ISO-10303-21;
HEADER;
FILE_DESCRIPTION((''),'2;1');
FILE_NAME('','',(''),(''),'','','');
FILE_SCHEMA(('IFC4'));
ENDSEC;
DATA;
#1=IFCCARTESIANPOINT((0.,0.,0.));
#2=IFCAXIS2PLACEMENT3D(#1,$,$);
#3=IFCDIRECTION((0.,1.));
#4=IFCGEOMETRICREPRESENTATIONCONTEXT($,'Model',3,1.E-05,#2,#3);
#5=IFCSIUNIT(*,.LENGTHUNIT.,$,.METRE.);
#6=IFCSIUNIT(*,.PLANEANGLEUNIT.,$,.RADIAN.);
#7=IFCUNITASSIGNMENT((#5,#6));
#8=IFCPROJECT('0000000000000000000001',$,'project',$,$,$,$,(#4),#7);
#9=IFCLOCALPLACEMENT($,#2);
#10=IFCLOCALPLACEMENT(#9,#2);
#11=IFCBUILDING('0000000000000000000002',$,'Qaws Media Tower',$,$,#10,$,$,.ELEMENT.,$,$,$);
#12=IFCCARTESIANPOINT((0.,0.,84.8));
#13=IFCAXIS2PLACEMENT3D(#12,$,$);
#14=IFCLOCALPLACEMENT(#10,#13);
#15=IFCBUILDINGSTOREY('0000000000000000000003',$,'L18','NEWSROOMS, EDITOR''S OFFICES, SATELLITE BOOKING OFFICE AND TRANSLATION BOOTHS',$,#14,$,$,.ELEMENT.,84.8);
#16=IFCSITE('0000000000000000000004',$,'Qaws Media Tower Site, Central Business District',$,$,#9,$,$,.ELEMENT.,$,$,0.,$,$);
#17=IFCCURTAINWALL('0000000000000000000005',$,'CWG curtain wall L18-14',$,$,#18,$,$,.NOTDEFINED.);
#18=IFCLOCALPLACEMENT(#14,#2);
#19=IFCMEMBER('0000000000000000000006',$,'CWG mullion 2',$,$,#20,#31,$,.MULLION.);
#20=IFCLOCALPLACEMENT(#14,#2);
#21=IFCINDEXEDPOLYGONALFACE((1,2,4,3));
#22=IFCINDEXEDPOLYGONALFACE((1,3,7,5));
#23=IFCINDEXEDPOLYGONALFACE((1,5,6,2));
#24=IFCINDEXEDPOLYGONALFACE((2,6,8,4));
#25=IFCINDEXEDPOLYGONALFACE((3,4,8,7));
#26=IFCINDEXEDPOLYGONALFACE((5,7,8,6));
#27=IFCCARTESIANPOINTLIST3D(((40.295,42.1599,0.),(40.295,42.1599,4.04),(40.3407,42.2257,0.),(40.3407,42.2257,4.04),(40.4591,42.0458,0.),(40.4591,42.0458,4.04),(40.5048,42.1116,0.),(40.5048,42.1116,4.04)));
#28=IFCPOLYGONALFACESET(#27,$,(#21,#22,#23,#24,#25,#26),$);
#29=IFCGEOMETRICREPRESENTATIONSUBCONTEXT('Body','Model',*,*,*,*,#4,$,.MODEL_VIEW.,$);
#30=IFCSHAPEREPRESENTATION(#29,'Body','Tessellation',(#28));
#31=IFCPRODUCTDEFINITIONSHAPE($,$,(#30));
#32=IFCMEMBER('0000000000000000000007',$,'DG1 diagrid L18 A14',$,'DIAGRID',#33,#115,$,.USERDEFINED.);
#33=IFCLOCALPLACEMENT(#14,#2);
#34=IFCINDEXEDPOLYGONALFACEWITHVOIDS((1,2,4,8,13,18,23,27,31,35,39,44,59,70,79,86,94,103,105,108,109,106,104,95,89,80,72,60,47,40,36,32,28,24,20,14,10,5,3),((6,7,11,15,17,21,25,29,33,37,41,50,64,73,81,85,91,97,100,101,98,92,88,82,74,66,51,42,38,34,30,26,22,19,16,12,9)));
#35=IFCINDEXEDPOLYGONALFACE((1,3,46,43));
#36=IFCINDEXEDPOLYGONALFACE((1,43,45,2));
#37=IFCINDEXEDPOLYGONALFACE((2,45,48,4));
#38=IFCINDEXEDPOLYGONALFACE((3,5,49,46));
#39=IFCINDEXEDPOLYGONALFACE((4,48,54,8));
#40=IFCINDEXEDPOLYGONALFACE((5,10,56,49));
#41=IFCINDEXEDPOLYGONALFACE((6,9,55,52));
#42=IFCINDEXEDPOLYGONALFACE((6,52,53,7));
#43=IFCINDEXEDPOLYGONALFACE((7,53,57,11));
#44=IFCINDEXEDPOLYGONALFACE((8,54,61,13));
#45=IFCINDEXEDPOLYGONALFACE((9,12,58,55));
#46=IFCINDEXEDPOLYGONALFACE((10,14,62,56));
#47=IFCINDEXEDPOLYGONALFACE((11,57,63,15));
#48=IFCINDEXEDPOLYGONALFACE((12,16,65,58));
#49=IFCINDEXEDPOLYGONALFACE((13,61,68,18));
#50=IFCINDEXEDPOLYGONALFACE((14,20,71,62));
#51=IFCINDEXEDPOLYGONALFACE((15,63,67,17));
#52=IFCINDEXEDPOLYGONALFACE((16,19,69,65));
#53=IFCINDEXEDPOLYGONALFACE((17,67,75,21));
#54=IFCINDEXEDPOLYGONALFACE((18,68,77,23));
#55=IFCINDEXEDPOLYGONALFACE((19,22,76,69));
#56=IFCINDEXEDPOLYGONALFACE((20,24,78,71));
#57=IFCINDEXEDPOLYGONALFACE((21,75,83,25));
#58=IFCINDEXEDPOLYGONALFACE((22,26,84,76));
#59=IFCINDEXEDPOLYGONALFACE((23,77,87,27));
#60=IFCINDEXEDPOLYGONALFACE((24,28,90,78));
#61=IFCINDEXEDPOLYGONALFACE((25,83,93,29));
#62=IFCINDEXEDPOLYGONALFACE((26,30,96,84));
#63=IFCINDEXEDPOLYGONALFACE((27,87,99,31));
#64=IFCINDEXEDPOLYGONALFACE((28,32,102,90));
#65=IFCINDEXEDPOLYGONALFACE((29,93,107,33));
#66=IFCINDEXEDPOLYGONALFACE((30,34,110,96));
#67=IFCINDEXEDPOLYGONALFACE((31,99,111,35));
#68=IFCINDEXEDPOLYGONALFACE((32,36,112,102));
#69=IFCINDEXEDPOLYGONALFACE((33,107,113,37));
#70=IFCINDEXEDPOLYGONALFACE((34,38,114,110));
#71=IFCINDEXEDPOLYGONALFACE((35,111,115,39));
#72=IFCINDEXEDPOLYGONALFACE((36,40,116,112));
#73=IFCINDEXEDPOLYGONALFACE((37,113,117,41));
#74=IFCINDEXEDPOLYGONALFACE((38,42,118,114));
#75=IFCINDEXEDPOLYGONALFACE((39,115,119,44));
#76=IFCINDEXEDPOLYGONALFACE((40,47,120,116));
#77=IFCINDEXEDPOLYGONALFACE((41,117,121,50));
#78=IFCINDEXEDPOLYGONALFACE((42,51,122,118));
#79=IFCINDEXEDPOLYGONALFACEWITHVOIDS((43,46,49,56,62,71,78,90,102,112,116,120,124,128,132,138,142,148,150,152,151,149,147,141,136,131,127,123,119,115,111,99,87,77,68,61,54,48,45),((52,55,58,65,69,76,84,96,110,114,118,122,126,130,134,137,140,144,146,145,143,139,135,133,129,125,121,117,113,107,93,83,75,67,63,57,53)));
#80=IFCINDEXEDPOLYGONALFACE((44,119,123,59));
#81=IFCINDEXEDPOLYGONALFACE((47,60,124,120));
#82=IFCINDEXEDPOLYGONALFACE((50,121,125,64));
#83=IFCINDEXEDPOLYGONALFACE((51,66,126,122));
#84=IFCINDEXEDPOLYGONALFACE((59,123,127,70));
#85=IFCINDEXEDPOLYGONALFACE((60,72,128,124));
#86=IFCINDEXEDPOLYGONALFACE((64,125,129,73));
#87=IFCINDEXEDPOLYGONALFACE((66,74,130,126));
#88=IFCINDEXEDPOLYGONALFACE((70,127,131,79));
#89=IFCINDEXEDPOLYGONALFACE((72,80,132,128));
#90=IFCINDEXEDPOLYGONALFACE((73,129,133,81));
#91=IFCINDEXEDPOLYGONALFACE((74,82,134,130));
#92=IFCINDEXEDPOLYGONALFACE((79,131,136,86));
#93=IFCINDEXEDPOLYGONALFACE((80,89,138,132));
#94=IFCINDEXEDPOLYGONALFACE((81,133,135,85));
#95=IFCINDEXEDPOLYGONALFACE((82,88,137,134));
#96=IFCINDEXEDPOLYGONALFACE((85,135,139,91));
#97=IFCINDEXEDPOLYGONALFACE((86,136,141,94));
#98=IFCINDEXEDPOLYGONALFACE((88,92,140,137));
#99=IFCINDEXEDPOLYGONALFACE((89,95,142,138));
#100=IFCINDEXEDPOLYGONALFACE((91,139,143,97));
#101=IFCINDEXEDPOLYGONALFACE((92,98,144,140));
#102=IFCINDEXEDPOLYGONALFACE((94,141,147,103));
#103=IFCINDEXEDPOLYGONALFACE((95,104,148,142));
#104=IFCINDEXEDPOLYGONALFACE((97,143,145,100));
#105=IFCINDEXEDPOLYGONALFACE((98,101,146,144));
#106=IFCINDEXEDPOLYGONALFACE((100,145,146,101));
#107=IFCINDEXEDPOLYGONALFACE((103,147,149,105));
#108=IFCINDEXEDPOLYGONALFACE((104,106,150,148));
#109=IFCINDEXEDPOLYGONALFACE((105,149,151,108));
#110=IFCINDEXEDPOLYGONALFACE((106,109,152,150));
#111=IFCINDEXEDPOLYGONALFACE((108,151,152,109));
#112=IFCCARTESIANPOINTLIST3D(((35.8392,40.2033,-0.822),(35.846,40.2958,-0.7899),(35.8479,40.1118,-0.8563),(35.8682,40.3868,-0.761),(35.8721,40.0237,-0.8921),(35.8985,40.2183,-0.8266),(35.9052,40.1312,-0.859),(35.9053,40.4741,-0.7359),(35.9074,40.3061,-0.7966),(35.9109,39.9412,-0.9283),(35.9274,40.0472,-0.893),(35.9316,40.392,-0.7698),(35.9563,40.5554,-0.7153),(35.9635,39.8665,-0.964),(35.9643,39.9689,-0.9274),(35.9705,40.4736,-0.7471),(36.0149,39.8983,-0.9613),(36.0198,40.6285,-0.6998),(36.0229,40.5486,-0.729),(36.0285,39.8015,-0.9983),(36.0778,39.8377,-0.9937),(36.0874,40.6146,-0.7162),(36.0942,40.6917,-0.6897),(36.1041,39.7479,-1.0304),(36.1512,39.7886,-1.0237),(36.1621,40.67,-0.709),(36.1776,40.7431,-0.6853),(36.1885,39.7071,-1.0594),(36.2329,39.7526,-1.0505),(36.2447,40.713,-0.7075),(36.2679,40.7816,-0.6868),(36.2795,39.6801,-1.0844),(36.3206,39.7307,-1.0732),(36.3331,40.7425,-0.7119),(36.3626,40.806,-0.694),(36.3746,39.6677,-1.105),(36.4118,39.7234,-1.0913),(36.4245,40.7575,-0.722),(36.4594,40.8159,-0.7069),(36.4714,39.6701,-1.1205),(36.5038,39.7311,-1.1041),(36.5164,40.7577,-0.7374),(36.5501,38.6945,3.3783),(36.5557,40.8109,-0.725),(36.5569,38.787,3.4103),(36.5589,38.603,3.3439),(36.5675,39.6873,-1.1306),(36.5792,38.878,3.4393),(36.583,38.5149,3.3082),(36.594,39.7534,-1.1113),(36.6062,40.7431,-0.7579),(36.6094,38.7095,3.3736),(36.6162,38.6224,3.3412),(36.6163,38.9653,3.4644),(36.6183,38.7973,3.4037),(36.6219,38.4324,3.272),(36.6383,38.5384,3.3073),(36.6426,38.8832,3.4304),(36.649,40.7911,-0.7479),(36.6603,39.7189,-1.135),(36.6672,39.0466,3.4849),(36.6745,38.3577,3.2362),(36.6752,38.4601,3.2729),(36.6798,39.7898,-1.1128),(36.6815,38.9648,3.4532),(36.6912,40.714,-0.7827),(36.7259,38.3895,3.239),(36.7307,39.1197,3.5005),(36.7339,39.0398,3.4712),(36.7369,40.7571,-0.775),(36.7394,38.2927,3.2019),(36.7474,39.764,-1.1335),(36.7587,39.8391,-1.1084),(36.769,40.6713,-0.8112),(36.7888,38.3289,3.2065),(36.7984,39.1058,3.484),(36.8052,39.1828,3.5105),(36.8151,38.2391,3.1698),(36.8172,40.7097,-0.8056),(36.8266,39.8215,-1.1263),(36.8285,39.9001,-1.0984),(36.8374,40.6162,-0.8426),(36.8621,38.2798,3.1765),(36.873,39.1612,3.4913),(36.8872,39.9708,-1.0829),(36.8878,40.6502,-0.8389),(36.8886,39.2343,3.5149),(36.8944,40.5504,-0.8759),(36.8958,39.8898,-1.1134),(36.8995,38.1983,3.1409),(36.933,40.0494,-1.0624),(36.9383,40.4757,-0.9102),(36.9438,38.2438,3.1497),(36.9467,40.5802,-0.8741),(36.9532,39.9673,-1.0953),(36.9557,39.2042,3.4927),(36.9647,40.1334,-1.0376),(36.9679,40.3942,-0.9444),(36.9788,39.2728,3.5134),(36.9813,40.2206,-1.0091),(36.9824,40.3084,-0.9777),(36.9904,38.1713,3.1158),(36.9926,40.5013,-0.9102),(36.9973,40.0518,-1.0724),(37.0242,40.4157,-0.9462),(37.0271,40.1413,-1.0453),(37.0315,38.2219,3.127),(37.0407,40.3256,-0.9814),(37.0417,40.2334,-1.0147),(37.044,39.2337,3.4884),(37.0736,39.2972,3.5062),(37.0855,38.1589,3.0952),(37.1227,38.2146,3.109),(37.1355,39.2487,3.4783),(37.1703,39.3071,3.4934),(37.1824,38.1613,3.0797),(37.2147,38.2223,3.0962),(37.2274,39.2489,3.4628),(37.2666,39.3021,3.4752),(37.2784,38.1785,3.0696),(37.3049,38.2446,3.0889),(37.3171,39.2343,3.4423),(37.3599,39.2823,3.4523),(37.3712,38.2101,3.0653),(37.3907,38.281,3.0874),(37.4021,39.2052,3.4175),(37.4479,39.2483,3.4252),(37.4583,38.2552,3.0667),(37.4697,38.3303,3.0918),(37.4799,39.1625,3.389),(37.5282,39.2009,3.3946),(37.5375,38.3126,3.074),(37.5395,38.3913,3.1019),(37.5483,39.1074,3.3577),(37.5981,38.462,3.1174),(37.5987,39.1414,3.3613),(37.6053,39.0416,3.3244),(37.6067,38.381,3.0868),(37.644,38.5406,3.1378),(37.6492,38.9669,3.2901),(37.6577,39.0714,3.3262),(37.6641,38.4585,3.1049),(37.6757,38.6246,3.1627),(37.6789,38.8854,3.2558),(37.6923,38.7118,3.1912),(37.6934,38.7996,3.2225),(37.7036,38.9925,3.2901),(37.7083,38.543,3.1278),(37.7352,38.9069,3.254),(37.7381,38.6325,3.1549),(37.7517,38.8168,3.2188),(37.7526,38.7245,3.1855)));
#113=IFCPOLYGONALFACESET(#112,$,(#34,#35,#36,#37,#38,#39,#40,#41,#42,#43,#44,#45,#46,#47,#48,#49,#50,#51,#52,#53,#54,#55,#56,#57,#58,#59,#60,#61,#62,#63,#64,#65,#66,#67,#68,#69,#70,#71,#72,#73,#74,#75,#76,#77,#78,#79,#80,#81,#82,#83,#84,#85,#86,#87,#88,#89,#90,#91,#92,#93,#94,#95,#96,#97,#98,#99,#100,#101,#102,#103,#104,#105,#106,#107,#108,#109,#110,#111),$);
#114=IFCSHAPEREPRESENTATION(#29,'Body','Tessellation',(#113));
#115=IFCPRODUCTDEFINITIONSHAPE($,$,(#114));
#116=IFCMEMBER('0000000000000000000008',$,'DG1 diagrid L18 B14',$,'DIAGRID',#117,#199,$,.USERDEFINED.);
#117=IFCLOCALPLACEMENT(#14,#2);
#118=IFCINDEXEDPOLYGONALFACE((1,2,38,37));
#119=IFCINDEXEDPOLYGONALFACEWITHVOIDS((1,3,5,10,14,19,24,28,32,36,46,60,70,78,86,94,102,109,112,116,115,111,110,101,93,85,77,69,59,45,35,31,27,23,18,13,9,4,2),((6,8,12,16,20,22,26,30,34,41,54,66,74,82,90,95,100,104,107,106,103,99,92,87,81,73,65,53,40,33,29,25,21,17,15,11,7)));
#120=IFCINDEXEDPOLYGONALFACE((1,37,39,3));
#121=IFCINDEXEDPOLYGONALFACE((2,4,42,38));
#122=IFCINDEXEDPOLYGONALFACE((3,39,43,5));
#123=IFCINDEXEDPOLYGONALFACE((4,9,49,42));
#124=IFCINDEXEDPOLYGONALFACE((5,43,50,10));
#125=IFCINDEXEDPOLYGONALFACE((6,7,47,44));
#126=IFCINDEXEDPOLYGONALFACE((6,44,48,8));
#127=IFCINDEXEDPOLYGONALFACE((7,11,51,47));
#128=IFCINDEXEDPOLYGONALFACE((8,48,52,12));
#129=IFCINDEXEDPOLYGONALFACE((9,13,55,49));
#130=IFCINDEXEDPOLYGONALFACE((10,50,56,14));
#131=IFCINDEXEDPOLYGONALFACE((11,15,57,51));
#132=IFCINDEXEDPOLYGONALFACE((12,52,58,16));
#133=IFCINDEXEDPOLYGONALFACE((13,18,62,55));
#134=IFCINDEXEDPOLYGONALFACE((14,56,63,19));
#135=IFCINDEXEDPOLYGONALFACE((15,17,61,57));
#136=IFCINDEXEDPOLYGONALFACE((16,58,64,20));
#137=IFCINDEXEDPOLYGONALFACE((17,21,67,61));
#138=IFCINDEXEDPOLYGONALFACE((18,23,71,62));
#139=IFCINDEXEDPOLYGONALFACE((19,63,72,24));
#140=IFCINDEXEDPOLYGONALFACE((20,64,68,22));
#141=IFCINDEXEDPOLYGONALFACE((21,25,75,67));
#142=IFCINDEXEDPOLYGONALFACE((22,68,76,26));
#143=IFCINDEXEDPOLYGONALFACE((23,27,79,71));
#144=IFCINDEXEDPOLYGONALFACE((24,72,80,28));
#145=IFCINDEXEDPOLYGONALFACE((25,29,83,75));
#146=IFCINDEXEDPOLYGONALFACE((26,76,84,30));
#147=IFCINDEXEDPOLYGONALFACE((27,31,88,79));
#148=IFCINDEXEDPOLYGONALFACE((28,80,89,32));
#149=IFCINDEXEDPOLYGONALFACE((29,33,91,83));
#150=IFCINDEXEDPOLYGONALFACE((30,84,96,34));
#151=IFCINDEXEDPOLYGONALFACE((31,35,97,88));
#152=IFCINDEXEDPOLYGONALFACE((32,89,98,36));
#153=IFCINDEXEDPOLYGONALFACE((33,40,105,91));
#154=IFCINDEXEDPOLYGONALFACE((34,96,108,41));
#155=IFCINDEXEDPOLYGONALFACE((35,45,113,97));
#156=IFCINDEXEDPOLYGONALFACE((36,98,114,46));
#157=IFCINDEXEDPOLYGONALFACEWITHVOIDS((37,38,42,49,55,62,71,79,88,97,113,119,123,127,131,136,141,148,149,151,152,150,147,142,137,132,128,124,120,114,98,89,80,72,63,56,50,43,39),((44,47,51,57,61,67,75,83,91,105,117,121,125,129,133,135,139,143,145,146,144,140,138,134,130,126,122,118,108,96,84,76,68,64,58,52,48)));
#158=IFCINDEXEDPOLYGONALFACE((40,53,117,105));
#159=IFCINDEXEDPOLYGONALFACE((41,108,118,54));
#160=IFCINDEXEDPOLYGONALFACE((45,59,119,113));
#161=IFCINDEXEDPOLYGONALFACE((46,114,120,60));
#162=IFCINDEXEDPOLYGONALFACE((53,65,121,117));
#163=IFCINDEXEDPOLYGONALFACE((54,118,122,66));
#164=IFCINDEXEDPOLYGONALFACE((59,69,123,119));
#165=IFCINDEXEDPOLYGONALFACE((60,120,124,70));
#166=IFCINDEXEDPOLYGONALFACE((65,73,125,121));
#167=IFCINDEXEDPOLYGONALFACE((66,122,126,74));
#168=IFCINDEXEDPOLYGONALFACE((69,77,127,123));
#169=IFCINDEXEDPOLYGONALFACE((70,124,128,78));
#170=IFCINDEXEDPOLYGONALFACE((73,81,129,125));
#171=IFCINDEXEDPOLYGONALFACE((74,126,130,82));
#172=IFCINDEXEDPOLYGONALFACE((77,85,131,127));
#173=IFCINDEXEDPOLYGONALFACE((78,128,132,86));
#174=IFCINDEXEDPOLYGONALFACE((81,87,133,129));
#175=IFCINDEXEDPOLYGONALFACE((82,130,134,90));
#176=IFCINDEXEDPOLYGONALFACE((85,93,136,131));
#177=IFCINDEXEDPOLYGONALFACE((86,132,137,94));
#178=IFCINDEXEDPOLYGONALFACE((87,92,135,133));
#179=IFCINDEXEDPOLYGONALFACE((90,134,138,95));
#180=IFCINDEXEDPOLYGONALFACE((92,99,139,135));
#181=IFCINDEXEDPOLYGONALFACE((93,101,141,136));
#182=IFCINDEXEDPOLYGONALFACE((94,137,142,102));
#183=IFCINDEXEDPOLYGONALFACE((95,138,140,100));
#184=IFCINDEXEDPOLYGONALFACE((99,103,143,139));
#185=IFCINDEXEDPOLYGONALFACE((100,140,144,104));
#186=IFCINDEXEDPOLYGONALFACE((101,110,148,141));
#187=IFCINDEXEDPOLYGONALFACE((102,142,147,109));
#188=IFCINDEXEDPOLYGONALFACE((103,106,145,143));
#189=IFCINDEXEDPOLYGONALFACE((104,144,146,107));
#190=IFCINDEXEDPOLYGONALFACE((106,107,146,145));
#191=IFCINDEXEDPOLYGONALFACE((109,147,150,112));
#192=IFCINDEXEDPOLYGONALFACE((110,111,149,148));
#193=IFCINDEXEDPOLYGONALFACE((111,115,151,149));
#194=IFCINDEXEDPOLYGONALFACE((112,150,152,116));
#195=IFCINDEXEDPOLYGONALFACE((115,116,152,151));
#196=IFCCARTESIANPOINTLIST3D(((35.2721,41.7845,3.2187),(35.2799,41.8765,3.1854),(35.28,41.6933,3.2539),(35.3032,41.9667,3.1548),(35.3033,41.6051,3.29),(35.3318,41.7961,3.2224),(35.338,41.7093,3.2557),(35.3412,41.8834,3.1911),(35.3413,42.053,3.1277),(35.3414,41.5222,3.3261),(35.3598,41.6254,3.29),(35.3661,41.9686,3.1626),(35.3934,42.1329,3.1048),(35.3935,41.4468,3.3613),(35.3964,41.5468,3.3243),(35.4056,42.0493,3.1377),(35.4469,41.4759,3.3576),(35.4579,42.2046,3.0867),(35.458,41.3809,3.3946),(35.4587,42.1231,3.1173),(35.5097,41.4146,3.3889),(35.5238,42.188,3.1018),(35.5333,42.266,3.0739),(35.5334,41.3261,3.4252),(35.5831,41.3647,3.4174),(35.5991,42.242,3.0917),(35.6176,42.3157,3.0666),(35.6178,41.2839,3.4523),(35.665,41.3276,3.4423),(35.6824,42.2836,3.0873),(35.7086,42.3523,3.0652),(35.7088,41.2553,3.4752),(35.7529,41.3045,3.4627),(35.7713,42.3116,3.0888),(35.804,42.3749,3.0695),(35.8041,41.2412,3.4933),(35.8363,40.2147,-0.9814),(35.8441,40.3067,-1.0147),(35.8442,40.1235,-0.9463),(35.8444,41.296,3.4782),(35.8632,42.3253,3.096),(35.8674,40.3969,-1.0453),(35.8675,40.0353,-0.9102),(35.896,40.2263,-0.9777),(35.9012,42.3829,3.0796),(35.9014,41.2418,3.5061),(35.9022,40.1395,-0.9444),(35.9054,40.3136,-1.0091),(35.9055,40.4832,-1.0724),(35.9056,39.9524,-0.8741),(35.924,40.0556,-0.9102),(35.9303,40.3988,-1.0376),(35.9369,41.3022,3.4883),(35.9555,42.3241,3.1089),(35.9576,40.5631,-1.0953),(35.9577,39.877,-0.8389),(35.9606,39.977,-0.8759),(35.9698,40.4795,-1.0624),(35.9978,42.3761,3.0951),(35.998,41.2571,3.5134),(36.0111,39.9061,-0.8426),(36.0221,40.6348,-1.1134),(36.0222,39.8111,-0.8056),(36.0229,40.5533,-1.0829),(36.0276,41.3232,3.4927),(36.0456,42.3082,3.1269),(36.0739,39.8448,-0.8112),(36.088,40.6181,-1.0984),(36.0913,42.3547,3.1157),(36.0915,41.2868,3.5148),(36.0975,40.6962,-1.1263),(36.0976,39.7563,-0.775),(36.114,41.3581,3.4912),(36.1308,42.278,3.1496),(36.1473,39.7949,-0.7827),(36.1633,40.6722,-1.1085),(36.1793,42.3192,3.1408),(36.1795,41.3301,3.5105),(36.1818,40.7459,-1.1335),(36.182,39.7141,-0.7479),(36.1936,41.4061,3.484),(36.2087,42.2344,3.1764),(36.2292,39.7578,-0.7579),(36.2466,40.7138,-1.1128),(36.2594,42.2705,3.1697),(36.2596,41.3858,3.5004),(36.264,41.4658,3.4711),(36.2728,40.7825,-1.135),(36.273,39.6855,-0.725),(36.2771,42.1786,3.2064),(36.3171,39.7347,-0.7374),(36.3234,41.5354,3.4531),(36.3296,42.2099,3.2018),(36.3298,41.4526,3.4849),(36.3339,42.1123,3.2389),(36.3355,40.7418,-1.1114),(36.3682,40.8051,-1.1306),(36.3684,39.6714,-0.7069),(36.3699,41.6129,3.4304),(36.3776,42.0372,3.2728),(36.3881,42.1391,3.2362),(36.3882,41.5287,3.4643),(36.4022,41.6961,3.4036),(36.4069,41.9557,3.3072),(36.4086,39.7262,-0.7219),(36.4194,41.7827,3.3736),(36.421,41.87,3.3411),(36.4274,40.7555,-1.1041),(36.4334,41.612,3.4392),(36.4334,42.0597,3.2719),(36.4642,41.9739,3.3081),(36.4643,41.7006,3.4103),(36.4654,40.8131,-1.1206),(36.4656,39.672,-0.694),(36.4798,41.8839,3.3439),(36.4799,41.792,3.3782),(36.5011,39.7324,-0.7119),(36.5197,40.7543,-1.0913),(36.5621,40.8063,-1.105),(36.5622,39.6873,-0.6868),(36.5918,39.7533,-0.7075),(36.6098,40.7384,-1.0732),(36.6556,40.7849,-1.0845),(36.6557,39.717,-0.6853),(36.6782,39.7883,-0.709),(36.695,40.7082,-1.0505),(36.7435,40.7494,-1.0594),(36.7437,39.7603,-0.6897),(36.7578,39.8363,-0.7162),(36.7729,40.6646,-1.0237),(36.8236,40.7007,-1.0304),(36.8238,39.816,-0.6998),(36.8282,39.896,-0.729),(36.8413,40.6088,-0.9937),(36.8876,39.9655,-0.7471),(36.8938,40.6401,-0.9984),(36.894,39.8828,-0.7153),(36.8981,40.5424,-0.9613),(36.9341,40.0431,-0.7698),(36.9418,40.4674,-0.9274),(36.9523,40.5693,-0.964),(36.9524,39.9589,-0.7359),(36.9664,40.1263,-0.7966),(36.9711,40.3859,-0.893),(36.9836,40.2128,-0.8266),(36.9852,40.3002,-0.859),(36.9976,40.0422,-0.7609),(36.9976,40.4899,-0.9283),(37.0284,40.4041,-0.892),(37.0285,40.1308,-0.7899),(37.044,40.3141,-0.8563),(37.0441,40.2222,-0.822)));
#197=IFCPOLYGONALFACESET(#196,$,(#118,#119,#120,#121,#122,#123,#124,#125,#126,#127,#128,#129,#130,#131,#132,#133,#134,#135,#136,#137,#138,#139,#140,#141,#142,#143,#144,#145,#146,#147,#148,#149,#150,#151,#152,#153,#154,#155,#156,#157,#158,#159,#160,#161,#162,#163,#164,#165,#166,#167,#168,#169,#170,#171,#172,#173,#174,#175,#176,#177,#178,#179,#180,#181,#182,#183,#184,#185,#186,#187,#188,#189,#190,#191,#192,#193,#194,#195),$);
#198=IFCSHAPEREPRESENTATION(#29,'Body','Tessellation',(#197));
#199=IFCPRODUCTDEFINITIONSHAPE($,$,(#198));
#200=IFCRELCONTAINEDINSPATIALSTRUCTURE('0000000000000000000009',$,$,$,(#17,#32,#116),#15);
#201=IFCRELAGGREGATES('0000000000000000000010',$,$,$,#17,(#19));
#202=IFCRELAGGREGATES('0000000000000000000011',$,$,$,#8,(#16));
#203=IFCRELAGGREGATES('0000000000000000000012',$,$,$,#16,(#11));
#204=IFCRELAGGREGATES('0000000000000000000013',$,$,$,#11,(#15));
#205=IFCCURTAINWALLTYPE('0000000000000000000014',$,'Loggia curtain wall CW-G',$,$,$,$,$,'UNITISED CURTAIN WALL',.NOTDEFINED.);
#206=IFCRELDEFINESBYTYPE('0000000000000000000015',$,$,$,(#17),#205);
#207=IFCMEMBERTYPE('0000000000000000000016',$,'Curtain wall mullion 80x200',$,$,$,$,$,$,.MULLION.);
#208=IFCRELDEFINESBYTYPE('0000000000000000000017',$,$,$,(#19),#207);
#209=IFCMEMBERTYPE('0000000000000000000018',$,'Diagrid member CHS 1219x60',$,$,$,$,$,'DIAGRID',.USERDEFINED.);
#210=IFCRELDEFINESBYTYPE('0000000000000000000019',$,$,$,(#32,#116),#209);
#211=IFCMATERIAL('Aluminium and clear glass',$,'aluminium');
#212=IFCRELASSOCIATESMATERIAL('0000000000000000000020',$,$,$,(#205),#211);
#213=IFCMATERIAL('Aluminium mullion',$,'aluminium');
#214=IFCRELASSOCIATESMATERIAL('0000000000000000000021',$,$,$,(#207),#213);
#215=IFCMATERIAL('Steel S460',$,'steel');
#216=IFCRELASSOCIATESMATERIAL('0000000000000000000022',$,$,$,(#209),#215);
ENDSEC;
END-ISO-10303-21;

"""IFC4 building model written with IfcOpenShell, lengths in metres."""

from ifc_helpers import new_model, si_unit, direction, frame, origin, origin_2d, place, context, subcontext, project, spatial, rectangle, hollow_circle, extrude, material, material_profile, profile_set, type_object, element, aggregate, save


model = new_model("IFC4")

# Units and contexts
model_context = context("Model", 3, precision=1e-05, world=origin(), true_north=direction((0.0, 1.0)))
body_context = subcontext(model_context, "Body", "Model", "MODEL_VIEW")
ifc_project = project(units=[si_unit("LENGTHUNIT", "METRE"), si_unit("PLANEANGLEUNIT", "RADIAN")], contexts=[model_context])

# Site, building, storey
site_placement = place(None, origin())
site = spatial("IfcSite", under=ifc_project, at=site_placement, Name="Qaws Media Tower Site, Central Business District", CompositionType="ELEMENT", RefElevation=0.0)
building_placement = place(site_placement, origin())
building = spatial("IfcBuilding", under=site, at=building_placement, Name="Qaws Media Tower", CompositionType="ELEMENT")
storey_placement = place(building_placement, frame((0.0, 0.0, 84.8)))
storey = spatial("IfcBuildingStorey", under=building, at=storey_placement, Name="L18", Description="NEWSROOMS, EDITOR'S OFFICES, SATELLITE BOOKING OFFICE AND TRANSLATION BOOTHS", CompositionType="ELEMENT", Elevation=84.8)

# Curtain wall, member
ifc_material_1 = material(Name="Aluminium and clear glass", Category="aluminium")
curtain_wall_type = type_object("IfcCurtainWallType", Name="Loggia curtain wall CW-G", ElementType="UNITISED CURTAIN WALL", PredefinedType="NOTDEFINED", material=ifc_material_1)
curtain_wall_placement = place(storey_placement, origin())
curtain_wall = element("IfcCurtainWall", 1, at=curtain_wall_placement, inside=storey, type_object=curtain_wall_type, Name="CWG curtain wall L18-14", PredefinedType="NOTDEFINED")
ifc_material_2 = material(Name="Aluminium mullion", Category="aluminium")
ifc_material_profile_1 = material_profile(ifc_material_2, rectangle(XDim=0.0801, YDim=0.2, at=origin_2d()), Name="80x200")
ifc_profile_set_1 = profile_set([ifc_material_profile_1], Name="Aluminium mullion")
member_type_1 = type_object("IfcMemberType", Name="Curtain wall mullion 80x200", PredefinedType="MULLION", material=ifc_profile_set_1)
member_placement = place(storey_placement, frame((40.3999, 42.1357, 0.0), z_axis=(0.0, 0.0, 1.0), x_axis=(0.570768, 0.821111, 0.0)))
member = element("IfcMember", 2, at=member_placement, type_object=member_type_1, Name="CWG mullion 2", PredefinedType="MULLION", context=body_context, shape_type="SweptSolid", body=[
    extrude(rectangle(XDim=0.0801, YDim=0.2, at=origin_2d()), origin(), (0.0, 0.0, 1.0), 4.04),
])

# Members
ifc_material_3 = material(Name="Steel S460", Category="steel")
ifc_material_profile_2 = material_profile(ifc_material_3, hollow_circle(Radius=0.6096, WallThickness=0.0601, at=origin_2d()), Name="CHS 1219x60")
ifc_profile_set_2 = profile_set([ifc_material_profile_2], Name="Steel S460")
member_type_2 = type_object("IfcMemberType", Name="Diagrid member CHS 1219x60", ElementType="DIAGRID", PredefinedType="USERDEFINED", material=ifc_profile_set_2)
for number, where, z_axis, x_axis, name in (
    (3, (36.4412, 40.2415, -0.9102), (0.157314, -0.333859, 0.929403), (0.904606, 0.426248, 0.0), "DG1 diagrid L18 A14"),
    (4, (36.4412, 40.2415, -0.9102), (-0.124844, 0.347358, 0.929385), (-0.941065, -0.338227, 0.0), "DG1 diagrid L18 B14"),
):
    element("IfcMember", number, at=place(storey_placement, frame(where, z_axis=z_axis, x_axis=x_axis)), inside=storey, type_object=member_type_2, Name=name, ObjectType="DIAGRID", PredefinedType="USERDEFINED", context=body_context, shape_type="SweptSolid", body=[
        extrude(hollow_circle(Radius=0.6096, WallThickness=0.0601, at=origin_2d()), origin(), (0.0, 0.0, 1.0), 4.5193),
    ])

aggregate(curtain_wall, [member])

save(model, "model.ifc")
